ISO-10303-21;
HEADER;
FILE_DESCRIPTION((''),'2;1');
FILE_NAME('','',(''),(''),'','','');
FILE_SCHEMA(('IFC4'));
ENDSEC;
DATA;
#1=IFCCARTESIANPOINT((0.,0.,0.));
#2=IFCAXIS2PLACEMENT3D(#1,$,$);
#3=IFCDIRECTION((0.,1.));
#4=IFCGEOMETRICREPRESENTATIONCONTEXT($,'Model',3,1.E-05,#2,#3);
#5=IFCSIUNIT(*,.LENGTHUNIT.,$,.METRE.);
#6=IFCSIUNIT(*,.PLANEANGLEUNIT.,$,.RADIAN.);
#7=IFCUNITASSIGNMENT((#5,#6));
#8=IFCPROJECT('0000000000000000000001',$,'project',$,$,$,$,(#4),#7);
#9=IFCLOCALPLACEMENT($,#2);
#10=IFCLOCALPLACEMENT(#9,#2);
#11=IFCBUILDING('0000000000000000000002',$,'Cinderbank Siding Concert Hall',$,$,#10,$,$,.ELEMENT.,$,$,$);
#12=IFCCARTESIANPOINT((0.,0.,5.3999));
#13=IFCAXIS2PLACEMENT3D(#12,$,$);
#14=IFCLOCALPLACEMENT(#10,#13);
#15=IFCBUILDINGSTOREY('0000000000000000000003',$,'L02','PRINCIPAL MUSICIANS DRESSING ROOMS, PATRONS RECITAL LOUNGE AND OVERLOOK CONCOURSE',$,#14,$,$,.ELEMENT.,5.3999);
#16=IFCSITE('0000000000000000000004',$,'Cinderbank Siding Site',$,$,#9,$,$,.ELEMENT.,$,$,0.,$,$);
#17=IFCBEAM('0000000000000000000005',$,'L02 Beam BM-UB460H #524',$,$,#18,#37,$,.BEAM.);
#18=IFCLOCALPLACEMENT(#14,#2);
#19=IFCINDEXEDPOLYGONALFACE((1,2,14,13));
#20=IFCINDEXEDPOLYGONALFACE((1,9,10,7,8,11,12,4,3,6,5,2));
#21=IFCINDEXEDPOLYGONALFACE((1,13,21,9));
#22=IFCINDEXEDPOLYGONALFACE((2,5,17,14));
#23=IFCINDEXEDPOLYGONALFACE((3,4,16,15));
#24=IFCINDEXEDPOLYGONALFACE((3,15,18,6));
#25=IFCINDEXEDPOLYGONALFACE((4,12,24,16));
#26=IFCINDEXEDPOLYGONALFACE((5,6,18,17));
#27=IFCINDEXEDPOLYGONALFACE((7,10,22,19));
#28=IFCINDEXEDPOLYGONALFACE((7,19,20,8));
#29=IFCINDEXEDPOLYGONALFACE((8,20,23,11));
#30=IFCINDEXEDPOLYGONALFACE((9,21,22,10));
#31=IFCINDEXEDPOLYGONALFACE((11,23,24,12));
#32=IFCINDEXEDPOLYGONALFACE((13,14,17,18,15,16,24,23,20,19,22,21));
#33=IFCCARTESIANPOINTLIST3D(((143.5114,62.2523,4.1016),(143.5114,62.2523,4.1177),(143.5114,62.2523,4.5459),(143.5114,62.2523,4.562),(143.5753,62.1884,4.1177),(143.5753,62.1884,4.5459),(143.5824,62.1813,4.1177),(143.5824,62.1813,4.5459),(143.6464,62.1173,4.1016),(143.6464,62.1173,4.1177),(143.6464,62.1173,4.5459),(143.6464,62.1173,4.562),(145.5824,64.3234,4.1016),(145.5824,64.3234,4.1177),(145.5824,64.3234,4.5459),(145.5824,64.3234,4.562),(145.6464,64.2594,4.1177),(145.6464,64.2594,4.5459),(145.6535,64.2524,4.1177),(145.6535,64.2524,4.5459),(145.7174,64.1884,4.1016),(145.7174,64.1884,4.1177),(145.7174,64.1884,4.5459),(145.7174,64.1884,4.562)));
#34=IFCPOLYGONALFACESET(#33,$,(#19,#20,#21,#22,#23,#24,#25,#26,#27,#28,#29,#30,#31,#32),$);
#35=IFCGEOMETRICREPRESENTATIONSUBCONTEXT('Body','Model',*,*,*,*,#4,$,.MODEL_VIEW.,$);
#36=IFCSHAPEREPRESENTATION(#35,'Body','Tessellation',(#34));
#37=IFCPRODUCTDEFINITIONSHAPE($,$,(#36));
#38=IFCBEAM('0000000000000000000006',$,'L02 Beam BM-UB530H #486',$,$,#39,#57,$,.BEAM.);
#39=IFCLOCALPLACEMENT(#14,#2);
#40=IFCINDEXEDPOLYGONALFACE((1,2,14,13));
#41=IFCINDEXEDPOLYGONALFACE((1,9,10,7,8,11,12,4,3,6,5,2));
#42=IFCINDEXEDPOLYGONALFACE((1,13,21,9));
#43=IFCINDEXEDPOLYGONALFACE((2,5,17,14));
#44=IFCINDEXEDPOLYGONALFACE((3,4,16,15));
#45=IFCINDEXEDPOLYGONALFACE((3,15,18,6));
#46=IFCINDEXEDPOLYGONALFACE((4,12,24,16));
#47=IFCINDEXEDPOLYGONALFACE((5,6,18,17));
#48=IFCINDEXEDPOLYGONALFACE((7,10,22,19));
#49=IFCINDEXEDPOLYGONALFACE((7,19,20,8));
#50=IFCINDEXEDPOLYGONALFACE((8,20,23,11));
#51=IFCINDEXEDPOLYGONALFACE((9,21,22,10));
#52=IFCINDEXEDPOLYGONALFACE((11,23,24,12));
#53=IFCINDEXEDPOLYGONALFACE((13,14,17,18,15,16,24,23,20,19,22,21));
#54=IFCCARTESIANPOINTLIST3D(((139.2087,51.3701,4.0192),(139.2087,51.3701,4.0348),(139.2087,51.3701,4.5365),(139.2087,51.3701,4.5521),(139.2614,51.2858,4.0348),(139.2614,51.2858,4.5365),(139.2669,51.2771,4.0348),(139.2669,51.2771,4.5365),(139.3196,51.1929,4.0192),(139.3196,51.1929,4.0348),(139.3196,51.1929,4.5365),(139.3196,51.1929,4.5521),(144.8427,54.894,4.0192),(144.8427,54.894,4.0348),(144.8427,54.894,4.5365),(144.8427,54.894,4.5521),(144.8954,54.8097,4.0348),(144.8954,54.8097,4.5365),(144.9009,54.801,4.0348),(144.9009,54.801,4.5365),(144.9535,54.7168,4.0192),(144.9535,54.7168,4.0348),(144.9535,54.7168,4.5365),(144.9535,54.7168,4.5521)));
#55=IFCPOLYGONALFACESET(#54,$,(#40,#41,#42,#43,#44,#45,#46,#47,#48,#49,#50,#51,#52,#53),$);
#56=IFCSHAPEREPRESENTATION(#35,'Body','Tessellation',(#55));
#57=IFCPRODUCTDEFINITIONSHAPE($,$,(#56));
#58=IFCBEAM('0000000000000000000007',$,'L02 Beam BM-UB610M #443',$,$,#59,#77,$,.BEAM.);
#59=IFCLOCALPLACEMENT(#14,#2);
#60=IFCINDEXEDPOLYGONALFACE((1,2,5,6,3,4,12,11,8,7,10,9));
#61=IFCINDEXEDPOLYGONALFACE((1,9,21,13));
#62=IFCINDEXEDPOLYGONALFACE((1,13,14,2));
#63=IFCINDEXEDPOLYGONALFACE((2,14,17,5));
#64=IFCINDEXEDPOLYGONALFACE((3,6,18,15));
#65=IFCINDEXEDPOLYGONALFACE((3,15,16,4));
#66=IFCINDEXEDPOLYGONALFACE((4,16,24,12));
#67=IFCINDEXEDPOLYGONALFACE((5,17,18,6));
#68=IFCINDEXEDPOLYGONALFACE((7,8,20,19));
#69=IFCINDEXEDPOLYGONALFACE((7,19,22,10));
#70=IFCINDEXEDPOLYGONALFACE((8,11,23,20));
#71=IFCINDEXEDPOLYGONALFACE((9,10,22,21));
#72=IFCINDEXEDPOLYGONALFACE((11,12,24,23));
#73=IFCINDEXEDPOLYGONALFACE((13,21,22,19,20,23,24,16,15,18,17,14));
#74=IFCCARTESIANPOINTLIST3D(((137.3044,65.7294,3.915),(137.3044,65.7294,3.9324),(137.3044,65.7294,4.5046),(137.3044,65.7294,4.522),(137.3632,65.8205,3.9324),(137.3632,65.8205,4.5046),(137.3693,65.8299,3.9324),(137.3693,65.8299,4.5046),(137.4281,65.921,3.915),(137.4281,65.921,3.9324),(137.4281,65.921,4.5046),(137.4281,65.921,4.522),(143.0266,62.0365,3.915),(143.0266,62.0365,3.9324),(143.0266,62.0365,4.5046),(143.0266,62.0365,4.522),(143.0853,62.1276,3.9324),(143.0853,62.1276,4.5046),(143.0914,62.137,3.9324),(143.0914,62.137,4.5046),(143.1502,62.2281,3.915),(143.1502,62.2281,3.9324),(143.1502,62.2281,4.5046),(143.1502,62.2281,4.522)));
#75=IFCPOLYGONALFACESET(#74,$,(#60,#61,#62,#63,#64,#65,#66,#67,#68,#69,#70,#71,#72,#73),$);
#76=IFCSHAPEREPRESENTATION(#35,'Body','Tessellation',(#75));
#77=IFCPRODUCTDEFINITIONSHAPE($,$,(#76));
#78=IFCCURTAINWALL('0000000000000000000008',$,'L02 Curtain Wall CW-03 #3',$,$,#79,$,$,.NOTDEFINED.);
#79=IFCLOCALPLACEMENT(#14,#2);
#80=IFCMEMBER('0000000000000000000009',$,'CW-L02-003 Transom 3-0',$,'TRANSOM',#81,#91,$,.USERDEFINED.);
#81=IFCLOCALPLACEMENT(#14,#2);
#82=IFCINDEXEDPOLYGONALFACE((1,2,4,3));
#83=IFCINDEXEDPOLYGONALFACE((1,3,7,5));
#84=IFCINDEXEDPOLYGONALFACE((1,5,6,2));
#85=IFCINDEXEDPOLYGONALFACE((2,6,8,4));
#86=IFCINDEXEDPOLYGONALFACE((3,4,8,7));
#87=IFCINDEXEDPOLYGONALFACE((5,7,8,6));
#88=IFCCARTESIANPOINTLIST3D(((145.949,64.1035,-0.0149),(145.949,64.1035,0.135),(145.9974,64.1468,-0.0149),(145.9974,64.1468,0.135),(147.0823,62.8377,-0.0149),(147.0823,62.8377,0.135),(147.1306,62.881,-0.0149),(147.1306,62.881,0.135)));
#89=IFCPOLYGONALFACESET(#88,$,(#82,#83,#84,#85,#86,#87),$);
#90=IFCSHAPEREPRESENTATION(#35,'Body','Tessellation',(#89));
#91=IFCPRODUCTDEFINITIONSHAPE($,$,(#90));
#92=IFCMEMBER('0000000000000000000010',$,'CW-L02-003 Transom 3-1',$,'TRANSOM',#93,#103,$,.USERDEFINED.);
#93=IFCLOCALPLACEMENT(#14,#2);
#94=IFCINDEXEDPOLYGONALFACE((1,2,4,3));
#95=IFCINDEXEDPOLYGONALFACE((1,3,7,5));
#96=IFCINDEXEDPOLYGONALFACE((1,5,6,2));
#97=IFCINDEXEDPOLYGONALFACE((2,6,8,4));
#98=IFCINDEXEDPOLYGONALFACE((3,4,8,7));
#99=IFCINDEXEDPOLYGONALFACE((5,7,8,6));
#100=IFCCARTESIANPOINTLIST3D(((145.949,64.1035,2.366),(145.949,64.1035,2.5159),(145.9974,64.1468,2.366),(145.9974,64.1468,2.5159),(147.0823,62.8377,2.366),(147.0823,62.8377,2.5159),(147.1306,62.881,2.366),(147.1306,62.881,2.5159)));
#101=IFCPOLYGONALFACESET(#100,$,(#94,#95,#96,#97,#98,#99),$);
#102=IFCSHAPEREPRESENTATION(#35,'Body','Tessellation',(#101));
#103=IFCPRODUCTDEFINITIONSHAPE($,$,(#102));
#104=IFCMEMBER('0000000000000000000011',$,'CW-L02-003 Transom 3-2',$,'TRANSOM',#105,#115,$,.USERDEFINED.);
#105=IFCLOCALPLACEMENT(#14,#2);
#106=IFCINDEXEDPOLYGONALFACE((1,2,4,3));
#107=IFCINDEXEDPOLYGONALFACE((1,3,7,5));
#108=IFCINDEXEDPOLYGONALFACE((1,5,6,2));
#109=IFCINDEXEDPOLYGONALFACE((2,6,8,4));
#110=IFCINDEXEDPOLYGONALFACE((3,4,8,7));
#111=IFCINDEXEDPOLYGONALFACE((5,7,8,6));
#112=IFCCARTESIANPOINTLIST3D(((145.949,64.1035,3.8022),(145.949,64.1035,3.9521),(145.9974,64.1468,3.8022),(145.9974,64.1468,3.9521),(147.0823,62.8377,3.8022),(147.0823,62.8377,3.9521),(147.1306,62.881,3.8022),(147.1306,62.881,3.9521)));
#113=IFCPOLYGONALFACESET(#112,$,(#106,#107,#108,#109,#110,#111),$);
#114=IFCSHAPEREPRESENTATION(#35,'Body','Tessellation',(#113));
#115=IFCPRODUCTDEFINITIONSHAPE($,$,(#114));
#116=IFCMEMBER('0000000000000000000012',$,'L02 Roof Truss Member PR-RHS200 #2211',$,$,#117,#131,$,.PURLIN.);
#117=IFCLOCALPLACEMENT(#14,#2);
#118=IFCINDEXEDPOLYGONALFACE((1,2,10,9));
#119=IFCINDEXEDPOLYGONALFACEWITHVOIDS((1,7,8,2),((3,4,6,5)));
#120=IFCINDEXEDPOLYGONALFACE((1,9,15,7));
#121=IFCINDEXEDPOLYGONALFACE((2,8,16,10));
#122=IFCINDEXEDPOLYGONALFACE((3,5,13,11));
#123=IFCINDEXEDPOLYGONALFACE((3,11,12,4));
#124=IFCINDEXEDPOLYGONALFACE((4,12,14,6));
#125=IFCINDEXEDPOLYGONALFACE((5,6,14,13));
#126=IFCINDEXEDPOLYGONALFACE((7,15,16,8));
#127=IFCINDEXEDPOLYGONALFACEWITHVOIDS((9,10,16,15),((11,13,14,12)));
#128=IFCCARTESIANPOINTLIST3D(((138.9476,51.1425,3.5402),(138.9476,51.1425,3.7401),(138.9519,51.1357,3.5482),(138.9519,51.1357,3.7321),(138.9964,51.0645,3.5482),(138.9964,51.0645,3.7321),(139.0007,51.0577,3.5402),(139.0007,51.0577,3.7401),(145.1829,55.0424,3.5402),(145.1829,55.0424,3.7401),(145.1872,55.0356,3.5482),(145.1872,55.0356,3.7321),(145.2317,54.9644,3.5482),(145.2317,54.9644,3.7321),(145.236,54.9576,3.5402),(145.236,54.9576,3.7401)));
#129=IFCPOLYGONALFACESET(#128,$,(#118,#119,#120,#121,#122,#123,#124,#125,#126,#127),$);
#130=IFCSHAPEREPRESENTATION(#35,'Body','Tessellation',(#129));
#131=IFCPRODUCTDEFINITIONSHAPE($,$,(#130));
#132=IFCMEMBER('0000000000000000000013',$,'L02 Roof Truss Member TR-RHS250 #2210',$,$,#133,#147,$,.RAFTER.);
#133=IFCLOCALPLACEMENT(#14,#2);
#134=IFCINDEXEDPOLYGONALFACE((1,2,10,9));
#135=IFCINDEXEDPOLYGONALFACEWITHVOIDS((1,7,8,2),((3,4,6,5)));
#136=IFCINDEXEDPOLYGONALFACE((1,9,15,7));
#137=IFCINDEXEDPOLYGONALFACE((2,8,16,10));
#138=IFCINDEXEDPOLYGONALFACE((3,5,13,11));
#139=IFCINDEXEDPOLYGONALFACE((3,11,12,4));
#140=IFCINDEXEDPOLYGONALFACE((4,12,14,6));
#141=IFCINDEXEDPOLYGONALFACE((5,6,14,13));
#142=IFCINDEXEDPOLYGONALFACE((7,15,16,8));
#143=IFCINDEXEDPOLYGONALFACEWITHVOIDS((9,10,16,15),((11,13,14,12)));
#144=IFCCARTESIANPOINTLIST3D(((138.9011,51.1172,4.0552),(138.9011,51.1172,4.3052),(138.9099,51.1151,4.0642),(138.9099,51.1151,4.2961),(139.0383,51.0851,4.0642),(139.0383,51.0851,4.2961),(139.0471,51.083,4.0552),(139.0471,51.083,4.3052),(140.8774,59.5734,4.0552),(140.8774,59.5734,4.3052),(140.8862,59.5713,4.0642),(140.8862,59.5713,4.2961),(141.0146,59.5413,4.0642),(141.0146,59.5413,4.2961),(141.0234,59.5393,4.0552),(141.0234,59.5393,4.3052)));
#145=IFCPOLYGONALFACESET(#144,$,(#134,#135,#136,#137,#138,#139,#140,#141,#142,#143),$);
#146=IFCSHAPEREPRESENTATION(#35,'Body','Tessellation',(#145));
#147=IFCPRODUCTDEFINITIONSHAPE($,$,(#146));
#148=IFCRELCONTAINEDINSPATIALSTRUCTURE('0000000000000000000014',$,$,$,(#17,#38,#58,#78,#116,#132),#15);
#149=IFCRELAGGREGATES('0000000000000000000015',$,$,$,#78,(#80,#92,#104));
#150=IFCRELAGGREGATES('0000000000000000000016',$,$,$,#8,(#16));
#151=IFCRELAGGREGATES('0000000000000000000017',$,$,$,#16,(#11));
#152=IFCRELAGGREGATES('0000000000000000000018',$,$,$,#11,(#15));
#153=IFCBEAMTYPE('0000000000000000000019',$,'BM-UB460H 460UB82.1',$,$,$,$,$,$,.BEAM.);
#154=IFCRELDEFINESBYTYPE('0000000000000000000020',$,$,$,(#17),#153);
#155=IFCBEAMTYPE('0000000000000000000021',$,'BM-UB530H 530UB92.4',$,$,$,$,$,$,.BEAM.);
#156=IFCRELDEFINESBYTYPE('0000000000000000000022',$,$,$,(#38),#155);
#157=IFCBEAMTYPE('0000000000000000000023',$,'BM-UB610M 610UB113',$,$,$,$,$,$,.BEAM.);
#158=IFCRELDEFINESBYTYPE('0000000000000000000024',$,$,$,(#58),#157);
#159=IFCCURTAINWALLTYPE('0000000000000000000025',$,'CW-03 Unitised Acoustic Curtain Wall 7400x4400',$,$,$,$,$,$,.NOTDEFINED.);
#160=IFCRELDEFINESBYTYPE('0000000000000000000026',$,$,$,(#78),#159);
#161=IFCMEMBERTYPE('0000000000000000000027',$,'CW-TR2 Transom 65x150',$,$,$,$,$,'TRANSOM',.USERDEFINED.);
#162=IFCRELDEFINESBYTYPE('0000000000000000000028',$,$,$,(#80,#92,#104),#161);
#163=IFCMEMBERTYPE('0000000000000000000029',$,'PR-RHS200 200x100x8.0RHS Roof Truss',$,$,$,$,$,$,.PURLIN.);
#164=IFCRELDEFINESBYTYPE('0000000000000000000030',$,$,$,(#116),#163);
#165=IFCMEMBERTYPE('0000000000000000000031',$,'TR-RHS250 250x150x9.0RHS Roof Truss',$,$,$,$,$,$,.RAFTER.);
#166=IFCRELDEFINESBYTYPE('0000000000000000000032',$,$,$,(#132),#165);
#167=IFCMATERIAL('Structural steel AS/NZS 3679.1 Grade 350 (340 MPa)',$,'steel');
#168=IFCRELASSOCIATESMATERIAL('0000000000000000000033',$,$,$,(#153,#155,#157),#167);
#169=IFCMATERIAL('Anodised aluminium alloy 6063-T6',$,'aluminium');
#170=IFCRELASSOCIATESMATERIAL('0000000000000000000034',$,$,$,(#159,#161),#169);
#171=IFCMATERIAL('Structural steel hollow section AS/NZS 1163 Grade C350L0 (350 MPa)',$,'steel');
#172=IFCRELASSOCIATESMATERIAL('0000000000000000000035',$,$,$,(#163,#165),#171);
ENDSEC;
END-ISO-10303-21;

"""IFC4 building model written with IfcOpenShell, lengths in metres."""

from ifc_helpers import new_model, si_unit, direction, frame, origin, origin_2d, place, context, subcontext, project, spatial, rectangle, hollow_rectangle, i_section, extrude, material, material_profile, profile_set, type_object, element, aggregate, save


model = new_model("IFC4")

# Units and contexts
model_context = context("Model", 3, precision=1e-05, world=origin(), true_north=direction((0.0, 1.0)))
body_context = subcontext(model_context, "Body", "Model", "MODEL_VIEW")
ifc_project = project(units=[si_unit("LENGTHUNIT", "METRE"), si_unit("PLANEANGLEUNIT", "RADIAN")], contexts=[model_context])

# Site, building, storey
site_placement = place(None, origin())
site = spatial("IfcSite", under=ifc_project, at=site_placement, Name="Cinderbank Siding Site", CompositionType="ELEMENT", RefElevation=0.0)
building_placement = place(site_placement, origin())
building = spatial("IfcBuilding", under=site, at=building_placement, Name="Cinderbank Siding Concert Hall", CompositionType="ELEMENT")
storey_placement = place(building_placement, frame((0.0, 0.0, 5.3999)))
storey = spatial("IfcBuildingStorey", under=building, at=storey_placement, Name="L02", Description="PRINCIPAL MUSICIANS DRESSING ROOMS, PATRONS RECITAL LOUNGE AND OVERLOOK CONCOURSE", CompositionType="ELEMENT", Elevation=5.3999)

# Beams
ifc_material_1 = material(Name="Structural steel AS/NZS 3679.1 Grade 350 (340 MPa)", Category="steel")
ifc_material_profile_1 = material_profile(ifc_material_1, i_section(OverallWidth=0.1909, OverallDepth=0.4604, WebThickness=0.01, FlangeThickness=0.0161, at=origin_2d()), Name="460UB82.1", Category="LoadBearing")
ifc_profile_set_1 = profile_set([ifc_material_profile_1], Name="Structural steel AS/NZS 3679.1 Grade 350 (340 MPa)")
beam_type_1 = type_object("IfcBeamType", Name="BM-UB460H 460UB82.1", PredefinedType="BEAM", material=ifc_profile_set_1)
beam_1_placement = place(storey_placement, frame((143.5789, 62.1848, 4.3318), z_axis=(0.707107, 0.707107, 0.0), x_axis=(-0.707107, 0.707107, 0.0)))
element("IfcBeam", 1, at=beam_1_placement, inside=storey, type_object=beam_type_1, Name="L02 Beam BM-UB460H #524", PredefinedType="BEAM", context=body_context, shape_type="SweptSolid", body=[
    extrude(i_section(OverallWidth=0.1909, OverallDepth=0.4604, WebThickness=0.01, FlangeThickness=0.0161, at=origin_2d()), origin(), (0.0, 0.0, 1.0), 2.929),
])
ifc_material_profile_2 = material_profile(ifc_material_1, i_section(OverallWidth=0.209, OverallDepth=0.533, WebThickness=0.0103, FlangeThickness=0.0156, at=origin_2d()), Name="530UB92.4", Category="LoadBearing")
ifc_profile_set_2 = profile_set([ifc_material_profile_2], Name="Structural steel AS/NZS 3679.1 Grade 350 (340 MPa)")
beam_type_2 = type_object("IfcBeamType", Name="BM-UB530H 530UB92.4", PredefinedType="BEAM", material=ifc_profile_set_2)
beam_2_placement = place(storey_placement, frame((139.2642, 51.2815, 4.2856), z_axis=(0.847819, 0.530286, 0.0), x_axis=(-0.530286, 0.847819, 0.0)))
element("IfcBeam", 2, at=beam_2_placement, inside=storey, type_object=beam_type_2, Name="L02 Beam BM-UB530H #486", PredefinedType="BEAM", context=body_context, shape_type="SweptSolid", body=[
    extrude(i_section(OverallWidth=0.209, OverallDepth=0.533, WebThickness=0.0103, FlangeThickness=0.0156, at=origin_2d()), origin(), (0.0, 0.0, 1.0), 6.6453),
])
ifc_material_profile_3 = material_profile(ifc_material_1, i_section(OverallWidth=0.228, OverallDepth=0.6069, WebThickness=0.0112, FlangeThickness=0.0173, at=origin_2d()), Name="610UB113", Category="LoadBearing")
ifc_profile_set_3 = profile_set([ifc_material_profile_3], Name="Structural steel AS/NZS 3679.1 Grade 350 (340 MPa)")
beam_type_3 = type_object("IfcBeamType", Name="BM-UB610M 610UB113", PredefinedType="BEAM", material=ifc_profile_set_3)
beam_3_placement = place(storey_placement, frame((143.0884, 62.1323, 4.2185), z_axis=(-0.84022, 0.542246, 0.0), x_axis=(-0.542246, -0.84022, 0.0)))
element("IfcBeam", 3, at=beam_3_placement, inside=storey, type_object=beam_type_3, Name="L02 Beam BM-UB610M #443", PredefinedType="BEAM", context=body_context, shape_type="SweptSolid", body=[
    extrude(i_section(OverallWidth=0.228, OverallDepth=0.6069, WebThickness=0.0112, FlangeThickness=0.0173, at=origin_2d()), origin(), (0.0, 0.0, 1.0), 6.8103),
])

# Curtain wall, members
ifc_material_2 = material(Name="Anodised aluminium alloy 6063-T6", Category="aluminium")
curtain_wall_type = type_object("IfcCurtainWallType", Name="CW-03 Unitised Acoustic Curtain Wall 7400x4400", PredefinedType="NOTDEFINED", material=ifc_material_2)
curtain_wall_placement = place(storey_placement, origin())
curtain_wall = element("IfcCurtainWall", 4, at=curtain_wall_placement, inside=storey, type_object=curtain_wall_type, Name="L02 Curtain Wall CW-03 #3", PredefinedType="NOTDEFINED")
ifc_material_profile_4 = material_profile(ifc_material_2, rectangle(XDim=0.0649, YDim=0.1499, at=origin_2d()), Name="ALU-TRAN-65x150", Category="LoadBearing")
ifc_profile_set_4 = profile_set([ifc_material_profile_4], Name="Anodised aluminium alloy 6063-T6")
member_type_1 = type_object("IfcMemberType", Name="CW-TR2 Transom 65x150", ElementType="TRANSOM", PredefinedType="USERDEFINED", material=ifc_profile_set_4)
member_1_placement = place(storey_placement, frame((147.1064, 62.8594, 0.0601), z_axis=(-0.667017, 0.745042, 0.0), x_axis=(-0.745042, -0.667017, 0.0)))
member_1 = element("IfcMember", 5, at=member_1_placement, type_object=member_type_1, Name="CW-L02-003 Transom 3-0", ObjectType="TRANSOM", PredefinedType="USERDEFINED", context=body_context, shape_type="SweptSolid", body=[
    extrude(rectangle(XDim=0.0649, YDim=0.1499, at=origin_2d()), origin(), (0.0, 0.0, 1.0), 1.699),
])
member_2_placement = place(storey_placement, frame((147.1064, 62.8594, 2.4409), z_axis=(-0.667017, 0.745042, 0.0), x_axis=(-0.745042, -0.667017, 0.0)))
member_2 = element("IfcMember", 6, at=member_2_placement, type_object=member_type_1, Name="CW-L02-003 Transom 3-1", ObjectType="TRANSOM", PredefinedType="USERDEFINED", context=body_context, shape_type="SweptSolid", body=[
    extrude(rectangle(XDim=0.0649, YDim=0.1499, at=origin_2d()), origin(), (0.0, 0.0, 1.0), 1.699),
])
member_3_placement = place(storey_placement, frame((147.1064, 62.8594, 3.8772), z_axis=(-0.667017, 0.745042, 0.0), x_axis=(-0.745042, -0.667017, 0.0)))
member_3 = element("IfcMember", 7, at=member_3_placement, type_object=member_type_1, Name="CW-L02-003 Transom 3-2", ObjectType="TRANSOM", PredefinedType="USERDEFINED", context=body_context, shape_type="SweptSolid", body=[
    extrude(rectangle(XDim=0.0649, YDim=0.1499, at=origin_2d()), origin(), (0.0, 0.0, 1.0), 1.699),
])
aggregate(curtain_wall, [member_1, member_2, member_3])

# Members
ifc_material_3 = material(Name="Structural steel hollow section AS/NZS 1163 Grade C350L0 (350 MPa)", Category="steel")
ifc_material_profile_5 = material_profile(ifc_material_3, hollow_rectangle(XDim=0.1001, YDim=0.2, WallThickness=0.0081, at=origin_2d()), Name="200x100x8.0RHS", Category="LoadBearing")
ifc_profile_set_5 = profile_set([ifc_material_profile_5], Name="Structural steel hollow section AS/NZS 1163 Grade C350L0 (350 MPa)")
member_type_2 = type_object("IfcMemberType", Name="PR-RHS200 200x100x8.0RHS Roof Truss", PredefinedType="PURLIN", material=ifc_profile_set_5)
member_4_placement = place(storey_placement, frame((138.9741, 51.1001, 3.6401), z_axis=(0.847827, 0.530273, 0.0), x_axis=(-0.530273, 0.847827, 0.0)))
element("IfcMember", 8, at=member_4_placement, inside=storey, type_object=member_type_2, Name="L02 Roof Truss Member PR-RHS200 #2211", PredefinedType="PURLIN", context=body_context, shape_type="SweptSolid", body=[
    extrude(hollow_rectangle(XDim=0.1001, YDim=0.2, WallThickness=0.0081, at=origin_2d()), origin(), (0.0, 0.0, 1.0), 7.3545),
])
ifc_material_profile_6 = material_profile(ifc_material_3, hollow_rectangle(XDim=0.1499, YDim=0.25, WallThickness=0.009, at=origin_2d()), Name="250x150x9.0RHS", Category="LoadBearing")
ifc_profile_set_6 = profile_set([ifc_material_profile_6], Name="Structural steel hollow section AS/NZS 1163 Grade C350L0 (350 MPa)")
member_type_3 = type_object("IfcMemberType", Name="TR-RHS250 250x150x9.0RHS Roof Truss", PredefinedType="RAFTER", material=ifc_profile_set_6)
member_5_placement = place(storey_placement, frame((138.9741, 51.1001, 4.1802), z_axis=(0.227577, 0.97376, 0.0), x_axis=(-0.97376, 0.227577, 0.0)))
element("IfcMember", 9, at=member_5_placement, inside=storey, type_object=member_type_3, Name="L02 Roof Truss Member TR-RHS250 #2210", PredefinedType="RAFTER", context=body_context, shape_type="SweptSolid", body=[
    extrude(hollow_rectangle(XDim=0.1499, YDim=0.25, WallThickness=0.009, at=origin_2d()), origin(), (0.0, 0.0, 1.0), 8.6841),
])

save(model, "model.ifc")
